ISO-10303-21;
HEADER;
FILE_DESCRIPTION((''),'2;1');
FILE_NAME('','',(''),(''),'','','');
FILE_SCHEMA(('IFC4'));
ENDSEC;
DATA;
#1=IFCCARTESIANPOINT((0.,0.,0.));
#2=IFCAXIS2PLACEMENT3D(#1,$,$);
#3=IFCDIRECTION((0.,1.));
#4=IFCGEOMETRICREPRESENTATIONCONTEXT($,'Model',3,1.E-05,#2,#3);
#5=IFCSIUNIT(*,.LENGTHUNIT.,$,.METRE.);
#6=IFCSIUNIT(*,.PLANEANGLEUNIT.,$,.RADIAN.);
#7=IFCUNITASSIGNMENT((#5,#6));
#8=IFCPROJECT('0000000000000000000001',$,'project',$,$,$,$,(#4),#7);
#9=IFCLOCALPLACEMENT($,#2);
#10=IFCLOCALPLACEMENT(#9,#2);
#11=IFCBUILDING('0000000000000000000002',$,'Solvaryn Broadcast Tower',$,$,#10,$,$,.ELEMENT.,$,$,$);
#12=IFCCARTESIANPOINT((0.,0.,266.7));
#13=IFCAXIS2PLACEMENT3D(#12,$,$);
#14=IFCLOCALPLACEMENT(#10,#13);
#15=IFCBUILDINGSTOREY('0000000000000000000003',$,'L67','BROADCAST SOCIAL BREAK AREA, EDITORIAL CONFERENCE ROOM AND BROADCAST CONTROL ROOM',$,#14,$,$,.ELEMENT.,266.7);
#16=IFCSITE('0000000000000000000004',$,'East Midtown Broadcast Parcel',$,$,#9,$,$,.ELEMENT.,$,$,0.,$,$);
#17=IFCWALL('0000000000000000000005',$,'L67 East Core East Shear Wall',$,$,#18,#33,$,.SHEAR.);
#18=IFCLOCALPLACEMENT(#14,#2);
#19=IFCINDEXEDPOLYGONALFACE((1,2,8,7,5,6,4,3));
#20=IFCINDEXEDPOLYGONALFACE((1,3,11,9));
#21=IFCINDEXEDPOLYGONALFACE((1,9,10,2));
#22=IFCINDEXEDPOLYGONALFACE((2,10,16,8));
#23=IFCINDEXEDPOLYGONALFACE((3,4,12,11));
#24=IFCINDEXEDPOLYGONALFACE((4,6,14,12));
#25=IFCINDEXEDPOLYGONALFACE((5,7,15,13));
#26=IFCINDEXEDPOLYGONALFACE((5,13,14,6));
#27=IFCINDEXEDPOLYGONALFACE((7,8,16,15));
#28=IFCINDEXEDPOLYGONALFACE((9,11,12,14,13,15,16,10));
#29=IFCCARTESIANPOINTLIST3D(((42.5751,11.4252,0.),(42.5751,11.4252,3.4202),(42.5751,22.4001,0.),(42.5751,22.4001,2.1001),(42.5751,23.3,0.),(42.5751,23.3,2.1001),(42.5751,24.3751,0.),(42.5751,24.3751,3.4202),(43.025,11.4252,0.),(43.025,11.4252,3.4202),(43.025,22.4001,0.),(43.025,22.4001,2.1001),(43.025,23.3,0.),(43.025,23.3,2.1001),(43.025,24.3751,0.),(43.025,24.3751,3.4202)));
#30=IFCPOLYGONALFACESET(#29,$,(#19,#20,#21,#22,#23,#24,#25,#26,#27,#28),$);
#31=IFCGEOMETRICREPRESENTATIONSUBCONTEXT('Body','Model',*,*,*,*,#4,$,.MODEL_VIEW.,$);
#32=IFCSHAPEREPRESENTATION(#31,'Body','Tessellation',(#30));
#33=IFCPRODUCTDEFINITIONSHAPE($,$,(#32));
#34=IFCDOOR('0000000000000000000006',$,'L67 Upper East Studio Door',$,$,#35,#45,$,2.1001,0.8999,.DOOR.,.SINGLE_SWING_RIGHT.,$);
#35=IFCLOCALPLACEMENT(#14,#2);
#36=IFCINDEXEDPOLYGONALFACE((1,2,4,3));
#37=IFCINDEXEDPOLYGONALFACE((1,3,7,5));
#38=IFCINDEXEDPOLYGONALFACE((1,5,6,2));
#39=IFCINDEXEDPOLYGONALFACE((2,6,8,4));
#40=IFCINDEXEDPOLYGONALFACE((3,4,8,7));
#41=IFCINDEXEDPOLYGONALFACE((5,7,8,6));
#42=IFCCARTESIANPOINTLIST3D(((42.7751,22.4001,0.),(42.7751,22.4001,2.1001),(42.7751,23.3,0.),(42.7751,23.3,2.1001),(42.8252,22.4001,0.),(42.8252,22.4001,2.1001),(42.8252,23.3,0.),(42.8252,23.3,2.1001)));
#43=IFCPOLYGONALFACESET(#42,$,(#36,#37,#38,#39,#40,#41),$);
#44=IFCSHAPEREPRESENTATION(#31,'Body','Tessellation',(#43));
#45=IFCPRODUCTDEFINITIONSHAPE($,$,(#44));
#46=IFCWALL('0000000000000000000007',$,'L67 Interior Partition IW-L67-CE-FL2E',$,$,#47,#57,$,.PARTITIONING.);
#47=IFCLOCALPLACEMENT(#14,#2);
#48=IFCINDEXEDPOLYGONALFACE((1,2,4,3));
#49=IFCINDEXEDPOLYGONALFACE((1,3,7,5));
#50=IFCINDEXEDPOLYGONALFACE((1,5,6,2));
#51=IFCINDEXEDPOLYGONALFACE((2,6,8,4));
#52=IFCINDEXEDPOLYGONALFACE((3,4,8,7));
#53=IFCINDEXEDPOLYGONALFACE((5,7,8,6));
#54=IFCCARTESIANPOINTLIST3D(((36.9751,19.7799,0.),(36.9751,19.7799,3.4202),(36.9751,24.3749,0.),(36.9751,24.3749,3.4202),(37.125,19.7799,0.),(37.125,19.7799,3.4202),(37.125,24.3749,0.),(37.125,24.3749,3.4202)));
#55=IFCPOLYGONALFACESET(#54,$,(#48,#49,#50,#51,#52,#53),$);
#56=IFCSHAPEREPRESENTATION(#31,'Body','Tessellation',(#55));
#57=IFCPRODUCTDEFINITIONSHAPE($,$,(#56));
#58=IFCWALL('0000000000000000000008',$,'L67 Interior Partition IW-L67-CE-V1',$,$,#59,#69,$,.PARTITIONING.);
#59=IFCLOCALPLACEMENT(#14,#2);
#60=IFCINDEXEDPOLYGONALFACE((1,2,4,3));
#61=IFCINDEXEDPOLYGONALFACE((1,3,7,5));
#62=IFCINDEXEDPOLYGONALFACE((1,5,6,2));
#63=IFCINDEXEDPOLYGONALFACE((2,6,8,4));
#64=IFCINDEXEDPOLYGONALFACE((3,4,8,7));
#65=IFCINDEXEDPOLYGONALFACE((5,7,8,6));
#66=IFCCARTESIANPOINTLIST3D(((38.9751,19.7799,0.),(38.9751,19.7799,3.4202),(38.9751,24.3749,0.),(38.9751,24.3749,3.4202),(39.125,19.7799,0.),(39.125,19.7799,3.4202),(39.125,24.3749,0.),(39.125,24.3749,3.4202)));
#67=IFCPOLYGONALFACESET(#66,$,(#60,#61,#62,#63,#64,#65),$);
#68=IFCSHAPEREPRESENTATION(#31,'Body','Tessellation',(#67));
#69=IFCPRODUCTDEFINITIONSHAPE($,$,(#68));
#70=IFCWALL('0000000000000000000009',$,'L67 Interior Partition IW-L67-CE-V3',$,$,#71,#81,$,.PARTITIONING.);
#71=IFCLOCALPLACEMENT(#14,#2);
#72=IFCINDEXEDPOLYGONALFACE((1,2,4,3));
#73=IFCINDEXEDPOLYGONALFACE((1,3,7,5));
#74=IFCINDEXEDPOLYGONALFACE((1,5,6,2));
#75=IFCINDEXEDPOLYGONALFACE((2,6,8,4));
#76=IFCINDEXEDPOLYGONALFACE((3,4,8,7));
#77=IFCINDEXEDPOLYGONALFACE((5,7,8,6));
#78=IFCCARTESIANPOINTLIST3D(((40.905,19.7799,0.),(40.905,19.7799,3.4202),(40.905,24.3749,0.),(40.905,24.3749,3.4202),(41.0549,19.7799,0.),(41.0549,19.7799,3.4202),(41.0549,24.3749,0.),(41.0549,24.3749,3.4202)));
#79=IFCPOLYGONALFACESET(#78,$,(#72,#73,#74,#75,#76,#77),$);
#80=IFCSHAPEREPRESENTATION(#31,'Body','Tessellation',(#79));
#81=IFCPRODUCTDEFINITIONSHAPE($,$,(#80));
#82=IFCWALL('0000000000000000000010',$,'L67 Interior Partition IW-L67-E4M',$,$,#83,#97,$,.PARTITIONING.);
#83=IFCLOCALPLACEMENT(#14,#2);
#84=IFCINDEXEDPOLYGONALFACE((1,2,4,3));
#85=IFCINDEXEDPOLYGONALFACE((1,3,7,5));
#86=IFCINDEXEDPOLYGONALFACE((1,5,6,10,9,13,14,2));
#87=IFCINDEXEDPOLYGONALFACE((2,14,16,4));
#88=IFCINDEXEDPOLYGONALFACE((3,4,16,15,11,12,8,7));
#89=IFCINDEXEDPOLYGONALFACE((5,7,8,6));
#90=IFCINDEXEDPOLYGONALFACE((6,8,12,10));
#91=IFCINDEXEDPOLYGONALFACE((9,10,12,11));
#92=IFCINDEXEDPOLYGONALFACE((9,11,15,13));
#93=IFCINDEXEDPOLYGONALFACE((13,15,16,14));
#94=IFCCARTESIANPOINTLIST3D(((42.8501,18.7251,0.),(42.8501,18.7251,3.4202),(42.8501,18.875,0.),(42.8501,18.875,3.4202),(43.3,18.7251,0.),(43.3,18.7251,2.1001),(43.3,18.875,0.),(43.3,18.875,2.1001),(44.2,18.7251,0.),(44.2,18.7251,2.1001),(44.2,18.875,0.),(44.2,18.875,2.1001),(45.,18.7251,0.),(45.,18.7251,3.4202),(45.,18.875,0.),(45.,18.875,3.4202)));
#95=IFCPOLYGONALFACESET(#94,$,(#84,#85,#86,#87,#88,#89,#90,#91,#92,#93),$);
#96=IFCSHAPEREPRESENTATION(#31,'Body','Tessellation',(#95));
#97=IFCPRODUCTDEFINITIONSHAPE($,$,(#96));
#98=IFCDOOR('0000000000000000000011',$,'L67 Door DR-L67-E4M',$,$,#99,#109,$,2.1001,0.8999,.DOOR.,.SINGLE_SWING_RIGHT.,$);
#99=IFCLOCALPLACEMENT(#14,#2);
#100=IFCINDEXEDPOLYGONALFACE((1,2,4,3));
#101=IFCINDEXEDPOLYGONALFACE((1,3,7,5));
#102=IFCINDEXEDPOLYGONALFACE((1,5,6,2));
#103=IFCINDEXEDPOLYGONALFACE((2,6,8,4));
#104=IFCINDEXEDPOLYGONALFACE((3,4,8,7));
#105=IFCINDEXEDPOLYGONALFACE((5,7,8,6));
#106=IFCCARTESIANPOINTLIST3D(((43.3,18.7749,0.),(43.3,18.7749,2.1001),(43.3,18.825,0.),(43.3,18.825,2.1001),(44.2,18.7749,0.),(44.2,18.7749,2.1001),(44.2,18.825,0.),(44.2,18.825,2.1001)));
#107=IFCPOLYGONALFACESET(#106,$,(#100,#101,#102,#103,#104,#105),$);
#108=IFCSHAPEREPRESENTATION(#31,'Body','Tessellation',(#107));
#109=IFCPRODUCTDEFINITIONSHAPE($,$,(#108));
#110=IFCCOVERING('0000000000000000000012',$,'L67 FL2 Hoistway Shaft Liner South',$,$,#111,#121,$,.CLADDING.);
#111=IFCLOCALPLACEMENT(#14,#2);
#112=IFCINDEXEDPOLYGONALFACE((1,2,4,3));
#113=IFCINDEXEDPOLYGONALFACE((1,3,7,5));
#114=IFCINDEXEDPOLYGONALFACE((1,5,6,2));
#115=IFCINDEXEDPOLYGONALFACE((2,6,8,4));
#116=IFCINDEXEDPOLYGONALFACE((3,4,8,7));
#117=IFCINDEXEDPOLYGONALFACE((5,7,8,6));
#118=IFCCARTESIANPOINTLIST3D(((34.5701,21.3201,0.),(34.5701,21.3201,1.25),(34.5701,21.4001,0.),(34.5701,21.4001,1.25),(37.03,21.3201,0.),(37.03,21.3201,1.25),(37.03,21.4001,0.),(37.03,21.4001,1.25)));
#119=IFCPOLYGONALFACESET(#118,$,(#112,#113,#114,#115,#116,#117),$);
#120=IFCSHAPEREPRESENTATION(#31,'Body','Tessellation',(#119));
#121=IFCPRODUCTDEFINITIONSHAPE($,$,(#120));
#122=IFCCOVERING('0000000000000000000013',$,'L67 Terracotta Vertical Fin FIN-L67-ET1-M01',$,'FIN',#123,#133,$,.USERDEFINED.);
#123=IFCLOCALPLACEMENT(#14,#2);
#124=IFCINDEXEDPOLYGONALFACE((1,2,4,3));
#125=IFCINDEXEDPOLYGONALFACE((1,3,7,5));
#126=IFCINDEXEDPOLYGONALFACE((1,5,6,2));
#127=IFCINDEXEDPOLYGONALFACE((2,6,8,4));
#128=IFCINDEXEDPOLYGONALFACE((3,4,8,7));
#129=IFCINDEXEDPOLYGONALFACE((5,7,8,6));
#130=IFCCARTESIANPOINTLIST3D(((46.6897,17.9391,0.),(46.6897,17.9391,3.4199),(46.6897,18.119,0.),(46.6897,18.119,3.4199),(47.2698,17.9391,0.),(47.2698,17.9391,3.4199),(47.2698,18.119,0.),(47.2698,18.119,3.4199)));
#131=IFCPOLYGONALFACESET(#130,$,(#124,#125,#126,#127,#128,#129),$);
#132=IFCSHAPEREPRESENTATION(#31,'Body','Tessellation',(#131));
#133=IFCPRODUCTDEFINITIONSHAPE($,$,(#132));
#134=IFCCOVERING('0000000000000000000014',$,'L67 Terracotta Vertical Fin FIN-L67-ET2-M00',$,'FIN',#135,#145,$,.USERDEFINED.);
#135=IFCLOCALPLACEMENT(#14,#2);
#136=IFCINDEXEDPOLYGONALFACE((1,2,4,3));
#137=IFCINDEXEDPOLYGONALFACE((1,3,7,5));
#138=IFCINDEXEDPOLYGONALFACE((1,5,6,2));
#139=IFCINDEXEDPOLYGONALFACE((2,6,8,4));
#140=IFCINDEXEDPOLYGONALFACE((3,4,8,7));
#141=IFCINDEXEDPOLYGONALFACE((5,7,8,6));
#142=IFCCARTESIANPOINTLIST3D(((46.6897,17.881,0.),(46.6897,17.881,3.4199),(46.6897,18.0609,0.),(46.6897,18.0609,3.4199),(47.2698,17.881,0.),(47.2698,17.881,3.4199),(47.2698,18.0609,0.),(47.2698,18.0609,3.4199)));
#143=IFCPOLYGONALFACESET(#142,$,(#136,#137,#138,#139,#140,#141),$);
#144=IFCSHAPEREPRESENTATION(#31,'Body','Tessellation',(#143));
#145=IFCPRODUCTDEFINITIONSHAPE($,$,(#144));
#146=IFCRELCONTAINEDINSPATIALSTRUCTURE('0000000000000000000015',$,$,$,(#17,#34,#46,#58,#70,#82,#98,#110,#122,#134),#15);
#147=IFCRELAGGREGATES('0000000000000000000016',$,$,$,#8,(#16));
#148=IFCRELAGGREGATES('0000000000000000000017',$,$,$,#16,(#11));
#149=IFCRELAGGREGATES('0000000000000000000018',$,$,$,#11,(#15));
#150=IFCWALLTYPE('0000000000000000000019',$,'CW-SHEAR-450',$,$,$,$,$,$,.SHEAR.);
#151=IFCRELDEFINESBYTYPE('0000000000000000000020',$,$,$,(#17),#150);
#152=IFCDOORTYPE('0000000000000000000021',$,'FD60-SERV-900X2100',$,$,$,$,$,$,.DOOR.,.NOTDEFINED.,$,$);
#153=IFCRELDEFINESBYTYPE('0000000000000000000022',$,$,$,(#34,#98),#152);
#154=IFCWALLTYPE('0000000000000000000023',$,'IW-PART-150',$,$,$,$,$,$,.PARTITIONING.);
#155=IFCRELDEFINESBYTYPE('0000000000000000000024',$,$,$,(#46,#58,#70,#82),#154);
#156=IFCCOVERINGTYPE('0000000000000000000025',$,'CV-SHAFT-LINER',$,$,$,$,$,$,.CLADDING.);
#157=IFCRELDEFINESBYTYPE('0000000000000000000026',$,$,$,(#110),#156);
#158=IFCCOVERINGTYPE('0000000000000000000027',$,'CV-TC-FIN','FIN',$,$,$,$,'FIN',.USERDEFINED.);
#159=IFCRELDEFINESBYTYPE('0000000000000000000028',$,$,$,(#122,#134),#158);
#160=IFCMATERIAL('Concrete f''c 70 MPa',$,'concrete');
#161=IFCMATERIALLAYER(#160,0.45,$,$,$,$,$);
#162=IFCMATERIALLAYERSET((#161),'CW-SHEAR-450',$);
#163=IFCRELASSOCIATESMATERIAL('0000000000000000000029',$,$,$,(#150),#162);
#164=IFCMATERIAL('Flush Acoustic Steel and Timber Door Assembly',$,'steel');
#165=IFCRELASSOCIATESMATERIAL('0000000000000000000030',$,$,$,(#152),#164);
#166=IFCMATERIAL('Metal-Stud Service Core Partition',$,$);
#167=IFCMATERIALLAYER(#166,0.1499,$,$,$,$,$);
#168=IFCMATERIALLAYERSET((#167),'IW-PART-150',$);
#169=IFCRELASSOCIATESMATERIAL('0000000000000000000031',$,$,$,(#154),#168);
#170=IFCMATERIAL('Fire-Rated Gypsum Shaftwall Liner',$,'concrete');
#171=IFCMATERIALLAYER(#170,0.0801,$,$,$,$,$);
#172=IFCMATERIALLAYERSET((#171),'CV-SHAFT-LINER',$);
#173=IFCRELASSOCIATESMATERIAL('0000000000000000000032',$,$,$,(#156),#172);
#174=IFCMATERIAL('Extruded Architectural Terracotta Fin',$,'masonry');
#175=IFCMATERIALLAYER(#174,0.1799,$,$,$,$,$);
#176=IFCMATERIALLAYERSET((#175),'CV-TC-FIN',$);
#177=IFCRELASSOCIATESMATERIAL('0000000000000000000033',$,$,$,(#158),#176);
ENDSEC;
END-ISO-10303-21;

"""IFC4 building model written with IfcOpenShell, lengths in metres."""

from ifc_helpers import new_model, si_unit, direction, frame, frame_2d, origin, origin_2d, place, context, subcontext, project, spatial, rectangle, extrude, material, layer, layer_set, type_object, element, fill, save


model = new_model("IFC4")

# Units and contexts
model_context = context("Model", 3, precision=1e-05, world=origin(), true_north=direction((0.0, 1.0)))
body_context = subcontext(model_context, "Body", "Model", "MODEL_VIEW")
ifc_project = project(units=[si_unit("LENGTHUNIT", "METRE"), si_unit("PLANEANGLEUNIT", "RADIAN")], contexts=[model_context])

# Site, building, storey
site_placement = place(None, origin())
site = spatial("IfcSite", under=ifc_project, at=site_placement, Name="East Midtown Broadcast Parcel", CompositionType="ELEMENT", RefElevation=0.0)
building_placement = place(site_placement, origin())
building = spatial("IfcBuilding", under=site, at=building_placement, Name="Solvaryn Broadcast Tower", CompositionType="ELEMENT")
storey_placement = place(building_placement, frame((0.0, 0.0, 266.7)))
storey = spatial("IfcBuildingStorey", under=building, at=storey_placement, Name="L67", Description="BROADCAST SOCIAL BREAK AREA, EDITORIAL CONFERENCE ROOM AND BROADCAST CONTROL ROOM", CompositionType="ELEMENT", Elevation=266.7)

# Wall, opening, door
ifc_material_1 = material(Name="Concrete f'c 70 MPa", Category="concrete")
ifc_layer_1 = layer(ifc_material_1, 0.45)
ifc_layer_set_1 = layer_set([ifc_layer_1], Name="CW-SHEAR-450")
wall_type_1 = type_object("IfcWallType", Name="CW-SHEAR-450", PredefinedType="SHEAR", material=ifc_layer_set_1)
wall_1_placement = place(storey_placement, frame((42.8, 11.425, 0.0), z_axis=(0.0, 0.0, 1.0), x_axis=(0.0, 1.0, 0.0)))
wall_1 = element("IfcWall", 1, at=wall_1_placement, inside=storey, type_object=wall_type_1, Name="L67 East Core East Shear Wall", PredefinedType="SHEAR", context=body_context, shape_type="SweptSolid", body=[
    extrude(rectangle(XDim=12.95, YDim=0.45, at=frame_2d((6.4751, 0.0))), origin(), (0.0, 0.0, 1.0), 3.4202),
])
opening_1_placement = place(wall_1_placement, frame((10.9751, 0.0, 0.0)))
opening_1 = element("IfcOpeningElement", 2, at=opening_1_placement, cuts=wall_1, PredefinedType="OPENING", context=body_context, shape_type="SweptSolid", body=[
    extrude(rectangle(XDim=0.8999, YDim=2.1001, at=frame_2d((0.45, 1.05))), frame((0.0, 0.2351, 0.0), z_axis=(0.0, -1.0, 0.0), x_axis=(1.0, 0.0, 0.0)), (0.0, 0.0, 1.0), 0.47),
])
ifc_material_2 = material(Name="Flush Acoustic Steel and Timber Door Assembly", Category="steel")
door_type = type_object("IfcDoorType", Name="FD60-SERV-900X2100", OperationType="NOTDEFINED", PredefinedType="DOOR", material=ifc_material_2)
door_1_placement = place(opening_1_placement, origin())
door_1 = element("IfcDoor", 3, at=door_1_placement, inside=storey, type_object=door_type, Name="L67 Upper East Studio Door", OperationType="SINGLE_SWING_RIGHT", OverallHeight=2.1001, OverallWidth=0.8999, PredefinedType="DOOR", context=body_context, shape_type="SweptSolid", body=[
    extrude(rectangle(XDim=0.8999, YDim=2.1001, at=frame_2d((0.45, 1.05))), frame((0.0, 0.0249, 0.0), z_axis=(0.0, -1.0, 0.0), x_axis=(1.0, 0.0, 0.0)), (0.0, 0.0, 1.0), 0.05),
])
fill(opening_1, door_1)

# Walls
ifc_material_3 = material(Name="Metal-Stud Service Core Partition")
ifc_layer_2 = layer(ifc_material_3, 0.1499)
ifc_layer_set_2 = layer_set([ifc_layer_2], Name="IW-PART-150")
wall_type_2 = type_object("IfcWallType", Name="IW-PART-150", PredefinedType="PARTITIONING", material=ifc_layer_set_2)
for number, where, z_axis, x_axis, name in (
    (4, (37.05, 19.78, 0.0), (0.0, 0.0, 1.0), (0.0, 1.0, 0.0), "L67 Interior Partition IW-L67-CE-FL2E"),
    (5, (39.05, 19.78, 0.0), (0.0, 0.0, 1.0), (0.0, 1.0, 0.0), "L67 Interior Partition IW-L67-CE-V1"),
    (6, (40.98, 19.78, 0.0), (0.0, 0.0, 1.0), (0.0, 1.0, 0.0), "L67 Interior Partition IW-L67-CE-V3"),
):
    element("IfcWall", number, at=place(storey_placement, frame(where, z_axis=z_axis, x_axis=x_axis)), inside=storey, type_object=wall_type_2, Name=name, PredefinedType="PARTITIONING", context=body_context, shape_type="SweptSolid", body=[
        extrude(rectangle(XDim=4.595, YDim=0.1499, at=frame_2d((2.2974, 0.0))), origin(), (0.0, 0.0, 1.0), 3.4202),
    ])

# Wall, opening, door
wall_2_placement = place(storey_placement, frame((42.8501, 18.8, 0.0), z_axis=(0.0, 0.0, 1.0), x_axis=(1.0, 0.0, 0.0)))
wall_2 = element("IfcWall", 7, at=wall_2_placement, inside=storey, type_object=wall_type_2, Name="L67 Interior Partition IW-L67-E4M", PredefinedType="PARTITIONING", context=body_context, shape_type="SweptSolid", body=[
    extrude(rectangle(XDim=2.1499, YDim=0.1499, at=frame_2d((1.075, 0.0))), origin(), (0.0, 0.0, 1.0), 3.4202),
])
opening_2_placement = place(wall_2_placement, frame((0.45, 0.0, 0.0)))
opening_2 = element("IfcOpeningElement", 8, at=opening_2_placement, cuts=wall_2, PredefinedType="OPENING", context=body_context, shape_type="SweptSolid", body=[
    extrude(rectangle(XDim=0.8999, YDim=2.1001, at=frame_2d((0.45, 1.05))), frame((0.0, 0.085, 0.0), z_axis=(0.0, -1.0, 0.0), x_axis=(1.0, 0.0, 0.0)), (0.0, 0.0, 1.0), 0.1699),
])
door_2_placement = place(opening_2_placement, origin())
door_2 = element("IfcDoor", 9, at=door_2_placement, inside=storey, type_object=door_type, Name="L67 Door DR-L67-E4M", OperationType="SINGLE_SWING_RIGHT", OverallHeight=2.1001, OverallWidth=0.8999, PredefinedType="DOOR", context=body_context, shape_type="SweptSolid", body=[
    extrude(rectangle(XDim=0.8999, YDim=2.1001, at=frame_2d((0.45, 1.05))), frame((0.0, 0.0249, 0.0), z_axis=(0.0, -1.0, 0.0), x_axis=(1.0, 0.0, 0.0)), (0.0, 0.0, 1.0), 0.05),
])
fill(opening_2, door_2)

# Coverings
ifc_material_4 = material(Name="Fire-Rated Gypsum Shaftwall Liner", Category="concrete")
ifc_layer_3 = layer(ifc_material_4, 0.0801)
ifc_layer_set_3 = layer_set([ifc_layer_3], Name="CV-SHAFT-LINER")
covering_type_1 = type_object("IfcCoveringType", Name="CV-SHAFT-LINER", PredefinedType="CLADDING", material=ifc_layer_set_3)
covering_placement = place(storey_placement, frame((35.8, 21.3601, 0.0), z_axis=(0.0, 0.0, 1.0), x_axis=(1.0, 0.0, 0.0)))
element("IfcCovering", 10, at=covering_placement, inside=storey, type_object=covering_type_1, Name="L67 FL2 Hoistway Shaft Liner South", PredefinedType="CLADDING", context=body_context, shape_type="SweptSolid", body=[
    extrude(rectangle(XDim=2.46, YDim=0.0801, at=origin_2d()), origin(), (0.0, 0.0, 1.0), 1.25),
])
ifc_material_5 = material(Name="Extruded Architectural Terracotta Fin", Category="masonry")
ifc_layer_4 = layer(ifc_material_5, 0.1799)
ifc_layer_set_4 = layer_set([ifc_layer_4], Name="CV-TC-FIN")
covering_type_2 = type_object("IfcCoveringType", Name="CV-TC-FIN", Description="FIN", ElementType="FIN", PredefinedType="USERDEFINED", material=ifc_layer_set_4)
for number, where, z_axis, x_axis, name in (
    (11, (46.9797, 18.0291, 0.0), (0.0, 0.0, 1.0), (1.0, 0.0, 0.0), "L67 Terracotta Vertical Fin FIN-L67-ET1-M01"),
    (12, (46.9797, 17.9709, 0.0), (0.0, 0.0, 1.0), (1.0, 0.0, 0.0), "L67 Terracotta Vertical Fin FIN-L67-ET2-M00"),
):
    element("IfcCovering", number, at=place(storey_placement, frame(where, z_axis=z_axis, x_axis=x_axis)), inside=storey, type_object=covering_type_2, Name=name, ObjectType="FIN", PredefinedType="USERDEFINED", context=body_context, shape_type="SweptSolid", body=[
        extrude(rectangle(XDim=0.5801, YDim=0.1799, at=origin_2d()), origin(), (0.0, 0.0, 1.0), 3.4199),
    ])

save(model, "model.ifc")
